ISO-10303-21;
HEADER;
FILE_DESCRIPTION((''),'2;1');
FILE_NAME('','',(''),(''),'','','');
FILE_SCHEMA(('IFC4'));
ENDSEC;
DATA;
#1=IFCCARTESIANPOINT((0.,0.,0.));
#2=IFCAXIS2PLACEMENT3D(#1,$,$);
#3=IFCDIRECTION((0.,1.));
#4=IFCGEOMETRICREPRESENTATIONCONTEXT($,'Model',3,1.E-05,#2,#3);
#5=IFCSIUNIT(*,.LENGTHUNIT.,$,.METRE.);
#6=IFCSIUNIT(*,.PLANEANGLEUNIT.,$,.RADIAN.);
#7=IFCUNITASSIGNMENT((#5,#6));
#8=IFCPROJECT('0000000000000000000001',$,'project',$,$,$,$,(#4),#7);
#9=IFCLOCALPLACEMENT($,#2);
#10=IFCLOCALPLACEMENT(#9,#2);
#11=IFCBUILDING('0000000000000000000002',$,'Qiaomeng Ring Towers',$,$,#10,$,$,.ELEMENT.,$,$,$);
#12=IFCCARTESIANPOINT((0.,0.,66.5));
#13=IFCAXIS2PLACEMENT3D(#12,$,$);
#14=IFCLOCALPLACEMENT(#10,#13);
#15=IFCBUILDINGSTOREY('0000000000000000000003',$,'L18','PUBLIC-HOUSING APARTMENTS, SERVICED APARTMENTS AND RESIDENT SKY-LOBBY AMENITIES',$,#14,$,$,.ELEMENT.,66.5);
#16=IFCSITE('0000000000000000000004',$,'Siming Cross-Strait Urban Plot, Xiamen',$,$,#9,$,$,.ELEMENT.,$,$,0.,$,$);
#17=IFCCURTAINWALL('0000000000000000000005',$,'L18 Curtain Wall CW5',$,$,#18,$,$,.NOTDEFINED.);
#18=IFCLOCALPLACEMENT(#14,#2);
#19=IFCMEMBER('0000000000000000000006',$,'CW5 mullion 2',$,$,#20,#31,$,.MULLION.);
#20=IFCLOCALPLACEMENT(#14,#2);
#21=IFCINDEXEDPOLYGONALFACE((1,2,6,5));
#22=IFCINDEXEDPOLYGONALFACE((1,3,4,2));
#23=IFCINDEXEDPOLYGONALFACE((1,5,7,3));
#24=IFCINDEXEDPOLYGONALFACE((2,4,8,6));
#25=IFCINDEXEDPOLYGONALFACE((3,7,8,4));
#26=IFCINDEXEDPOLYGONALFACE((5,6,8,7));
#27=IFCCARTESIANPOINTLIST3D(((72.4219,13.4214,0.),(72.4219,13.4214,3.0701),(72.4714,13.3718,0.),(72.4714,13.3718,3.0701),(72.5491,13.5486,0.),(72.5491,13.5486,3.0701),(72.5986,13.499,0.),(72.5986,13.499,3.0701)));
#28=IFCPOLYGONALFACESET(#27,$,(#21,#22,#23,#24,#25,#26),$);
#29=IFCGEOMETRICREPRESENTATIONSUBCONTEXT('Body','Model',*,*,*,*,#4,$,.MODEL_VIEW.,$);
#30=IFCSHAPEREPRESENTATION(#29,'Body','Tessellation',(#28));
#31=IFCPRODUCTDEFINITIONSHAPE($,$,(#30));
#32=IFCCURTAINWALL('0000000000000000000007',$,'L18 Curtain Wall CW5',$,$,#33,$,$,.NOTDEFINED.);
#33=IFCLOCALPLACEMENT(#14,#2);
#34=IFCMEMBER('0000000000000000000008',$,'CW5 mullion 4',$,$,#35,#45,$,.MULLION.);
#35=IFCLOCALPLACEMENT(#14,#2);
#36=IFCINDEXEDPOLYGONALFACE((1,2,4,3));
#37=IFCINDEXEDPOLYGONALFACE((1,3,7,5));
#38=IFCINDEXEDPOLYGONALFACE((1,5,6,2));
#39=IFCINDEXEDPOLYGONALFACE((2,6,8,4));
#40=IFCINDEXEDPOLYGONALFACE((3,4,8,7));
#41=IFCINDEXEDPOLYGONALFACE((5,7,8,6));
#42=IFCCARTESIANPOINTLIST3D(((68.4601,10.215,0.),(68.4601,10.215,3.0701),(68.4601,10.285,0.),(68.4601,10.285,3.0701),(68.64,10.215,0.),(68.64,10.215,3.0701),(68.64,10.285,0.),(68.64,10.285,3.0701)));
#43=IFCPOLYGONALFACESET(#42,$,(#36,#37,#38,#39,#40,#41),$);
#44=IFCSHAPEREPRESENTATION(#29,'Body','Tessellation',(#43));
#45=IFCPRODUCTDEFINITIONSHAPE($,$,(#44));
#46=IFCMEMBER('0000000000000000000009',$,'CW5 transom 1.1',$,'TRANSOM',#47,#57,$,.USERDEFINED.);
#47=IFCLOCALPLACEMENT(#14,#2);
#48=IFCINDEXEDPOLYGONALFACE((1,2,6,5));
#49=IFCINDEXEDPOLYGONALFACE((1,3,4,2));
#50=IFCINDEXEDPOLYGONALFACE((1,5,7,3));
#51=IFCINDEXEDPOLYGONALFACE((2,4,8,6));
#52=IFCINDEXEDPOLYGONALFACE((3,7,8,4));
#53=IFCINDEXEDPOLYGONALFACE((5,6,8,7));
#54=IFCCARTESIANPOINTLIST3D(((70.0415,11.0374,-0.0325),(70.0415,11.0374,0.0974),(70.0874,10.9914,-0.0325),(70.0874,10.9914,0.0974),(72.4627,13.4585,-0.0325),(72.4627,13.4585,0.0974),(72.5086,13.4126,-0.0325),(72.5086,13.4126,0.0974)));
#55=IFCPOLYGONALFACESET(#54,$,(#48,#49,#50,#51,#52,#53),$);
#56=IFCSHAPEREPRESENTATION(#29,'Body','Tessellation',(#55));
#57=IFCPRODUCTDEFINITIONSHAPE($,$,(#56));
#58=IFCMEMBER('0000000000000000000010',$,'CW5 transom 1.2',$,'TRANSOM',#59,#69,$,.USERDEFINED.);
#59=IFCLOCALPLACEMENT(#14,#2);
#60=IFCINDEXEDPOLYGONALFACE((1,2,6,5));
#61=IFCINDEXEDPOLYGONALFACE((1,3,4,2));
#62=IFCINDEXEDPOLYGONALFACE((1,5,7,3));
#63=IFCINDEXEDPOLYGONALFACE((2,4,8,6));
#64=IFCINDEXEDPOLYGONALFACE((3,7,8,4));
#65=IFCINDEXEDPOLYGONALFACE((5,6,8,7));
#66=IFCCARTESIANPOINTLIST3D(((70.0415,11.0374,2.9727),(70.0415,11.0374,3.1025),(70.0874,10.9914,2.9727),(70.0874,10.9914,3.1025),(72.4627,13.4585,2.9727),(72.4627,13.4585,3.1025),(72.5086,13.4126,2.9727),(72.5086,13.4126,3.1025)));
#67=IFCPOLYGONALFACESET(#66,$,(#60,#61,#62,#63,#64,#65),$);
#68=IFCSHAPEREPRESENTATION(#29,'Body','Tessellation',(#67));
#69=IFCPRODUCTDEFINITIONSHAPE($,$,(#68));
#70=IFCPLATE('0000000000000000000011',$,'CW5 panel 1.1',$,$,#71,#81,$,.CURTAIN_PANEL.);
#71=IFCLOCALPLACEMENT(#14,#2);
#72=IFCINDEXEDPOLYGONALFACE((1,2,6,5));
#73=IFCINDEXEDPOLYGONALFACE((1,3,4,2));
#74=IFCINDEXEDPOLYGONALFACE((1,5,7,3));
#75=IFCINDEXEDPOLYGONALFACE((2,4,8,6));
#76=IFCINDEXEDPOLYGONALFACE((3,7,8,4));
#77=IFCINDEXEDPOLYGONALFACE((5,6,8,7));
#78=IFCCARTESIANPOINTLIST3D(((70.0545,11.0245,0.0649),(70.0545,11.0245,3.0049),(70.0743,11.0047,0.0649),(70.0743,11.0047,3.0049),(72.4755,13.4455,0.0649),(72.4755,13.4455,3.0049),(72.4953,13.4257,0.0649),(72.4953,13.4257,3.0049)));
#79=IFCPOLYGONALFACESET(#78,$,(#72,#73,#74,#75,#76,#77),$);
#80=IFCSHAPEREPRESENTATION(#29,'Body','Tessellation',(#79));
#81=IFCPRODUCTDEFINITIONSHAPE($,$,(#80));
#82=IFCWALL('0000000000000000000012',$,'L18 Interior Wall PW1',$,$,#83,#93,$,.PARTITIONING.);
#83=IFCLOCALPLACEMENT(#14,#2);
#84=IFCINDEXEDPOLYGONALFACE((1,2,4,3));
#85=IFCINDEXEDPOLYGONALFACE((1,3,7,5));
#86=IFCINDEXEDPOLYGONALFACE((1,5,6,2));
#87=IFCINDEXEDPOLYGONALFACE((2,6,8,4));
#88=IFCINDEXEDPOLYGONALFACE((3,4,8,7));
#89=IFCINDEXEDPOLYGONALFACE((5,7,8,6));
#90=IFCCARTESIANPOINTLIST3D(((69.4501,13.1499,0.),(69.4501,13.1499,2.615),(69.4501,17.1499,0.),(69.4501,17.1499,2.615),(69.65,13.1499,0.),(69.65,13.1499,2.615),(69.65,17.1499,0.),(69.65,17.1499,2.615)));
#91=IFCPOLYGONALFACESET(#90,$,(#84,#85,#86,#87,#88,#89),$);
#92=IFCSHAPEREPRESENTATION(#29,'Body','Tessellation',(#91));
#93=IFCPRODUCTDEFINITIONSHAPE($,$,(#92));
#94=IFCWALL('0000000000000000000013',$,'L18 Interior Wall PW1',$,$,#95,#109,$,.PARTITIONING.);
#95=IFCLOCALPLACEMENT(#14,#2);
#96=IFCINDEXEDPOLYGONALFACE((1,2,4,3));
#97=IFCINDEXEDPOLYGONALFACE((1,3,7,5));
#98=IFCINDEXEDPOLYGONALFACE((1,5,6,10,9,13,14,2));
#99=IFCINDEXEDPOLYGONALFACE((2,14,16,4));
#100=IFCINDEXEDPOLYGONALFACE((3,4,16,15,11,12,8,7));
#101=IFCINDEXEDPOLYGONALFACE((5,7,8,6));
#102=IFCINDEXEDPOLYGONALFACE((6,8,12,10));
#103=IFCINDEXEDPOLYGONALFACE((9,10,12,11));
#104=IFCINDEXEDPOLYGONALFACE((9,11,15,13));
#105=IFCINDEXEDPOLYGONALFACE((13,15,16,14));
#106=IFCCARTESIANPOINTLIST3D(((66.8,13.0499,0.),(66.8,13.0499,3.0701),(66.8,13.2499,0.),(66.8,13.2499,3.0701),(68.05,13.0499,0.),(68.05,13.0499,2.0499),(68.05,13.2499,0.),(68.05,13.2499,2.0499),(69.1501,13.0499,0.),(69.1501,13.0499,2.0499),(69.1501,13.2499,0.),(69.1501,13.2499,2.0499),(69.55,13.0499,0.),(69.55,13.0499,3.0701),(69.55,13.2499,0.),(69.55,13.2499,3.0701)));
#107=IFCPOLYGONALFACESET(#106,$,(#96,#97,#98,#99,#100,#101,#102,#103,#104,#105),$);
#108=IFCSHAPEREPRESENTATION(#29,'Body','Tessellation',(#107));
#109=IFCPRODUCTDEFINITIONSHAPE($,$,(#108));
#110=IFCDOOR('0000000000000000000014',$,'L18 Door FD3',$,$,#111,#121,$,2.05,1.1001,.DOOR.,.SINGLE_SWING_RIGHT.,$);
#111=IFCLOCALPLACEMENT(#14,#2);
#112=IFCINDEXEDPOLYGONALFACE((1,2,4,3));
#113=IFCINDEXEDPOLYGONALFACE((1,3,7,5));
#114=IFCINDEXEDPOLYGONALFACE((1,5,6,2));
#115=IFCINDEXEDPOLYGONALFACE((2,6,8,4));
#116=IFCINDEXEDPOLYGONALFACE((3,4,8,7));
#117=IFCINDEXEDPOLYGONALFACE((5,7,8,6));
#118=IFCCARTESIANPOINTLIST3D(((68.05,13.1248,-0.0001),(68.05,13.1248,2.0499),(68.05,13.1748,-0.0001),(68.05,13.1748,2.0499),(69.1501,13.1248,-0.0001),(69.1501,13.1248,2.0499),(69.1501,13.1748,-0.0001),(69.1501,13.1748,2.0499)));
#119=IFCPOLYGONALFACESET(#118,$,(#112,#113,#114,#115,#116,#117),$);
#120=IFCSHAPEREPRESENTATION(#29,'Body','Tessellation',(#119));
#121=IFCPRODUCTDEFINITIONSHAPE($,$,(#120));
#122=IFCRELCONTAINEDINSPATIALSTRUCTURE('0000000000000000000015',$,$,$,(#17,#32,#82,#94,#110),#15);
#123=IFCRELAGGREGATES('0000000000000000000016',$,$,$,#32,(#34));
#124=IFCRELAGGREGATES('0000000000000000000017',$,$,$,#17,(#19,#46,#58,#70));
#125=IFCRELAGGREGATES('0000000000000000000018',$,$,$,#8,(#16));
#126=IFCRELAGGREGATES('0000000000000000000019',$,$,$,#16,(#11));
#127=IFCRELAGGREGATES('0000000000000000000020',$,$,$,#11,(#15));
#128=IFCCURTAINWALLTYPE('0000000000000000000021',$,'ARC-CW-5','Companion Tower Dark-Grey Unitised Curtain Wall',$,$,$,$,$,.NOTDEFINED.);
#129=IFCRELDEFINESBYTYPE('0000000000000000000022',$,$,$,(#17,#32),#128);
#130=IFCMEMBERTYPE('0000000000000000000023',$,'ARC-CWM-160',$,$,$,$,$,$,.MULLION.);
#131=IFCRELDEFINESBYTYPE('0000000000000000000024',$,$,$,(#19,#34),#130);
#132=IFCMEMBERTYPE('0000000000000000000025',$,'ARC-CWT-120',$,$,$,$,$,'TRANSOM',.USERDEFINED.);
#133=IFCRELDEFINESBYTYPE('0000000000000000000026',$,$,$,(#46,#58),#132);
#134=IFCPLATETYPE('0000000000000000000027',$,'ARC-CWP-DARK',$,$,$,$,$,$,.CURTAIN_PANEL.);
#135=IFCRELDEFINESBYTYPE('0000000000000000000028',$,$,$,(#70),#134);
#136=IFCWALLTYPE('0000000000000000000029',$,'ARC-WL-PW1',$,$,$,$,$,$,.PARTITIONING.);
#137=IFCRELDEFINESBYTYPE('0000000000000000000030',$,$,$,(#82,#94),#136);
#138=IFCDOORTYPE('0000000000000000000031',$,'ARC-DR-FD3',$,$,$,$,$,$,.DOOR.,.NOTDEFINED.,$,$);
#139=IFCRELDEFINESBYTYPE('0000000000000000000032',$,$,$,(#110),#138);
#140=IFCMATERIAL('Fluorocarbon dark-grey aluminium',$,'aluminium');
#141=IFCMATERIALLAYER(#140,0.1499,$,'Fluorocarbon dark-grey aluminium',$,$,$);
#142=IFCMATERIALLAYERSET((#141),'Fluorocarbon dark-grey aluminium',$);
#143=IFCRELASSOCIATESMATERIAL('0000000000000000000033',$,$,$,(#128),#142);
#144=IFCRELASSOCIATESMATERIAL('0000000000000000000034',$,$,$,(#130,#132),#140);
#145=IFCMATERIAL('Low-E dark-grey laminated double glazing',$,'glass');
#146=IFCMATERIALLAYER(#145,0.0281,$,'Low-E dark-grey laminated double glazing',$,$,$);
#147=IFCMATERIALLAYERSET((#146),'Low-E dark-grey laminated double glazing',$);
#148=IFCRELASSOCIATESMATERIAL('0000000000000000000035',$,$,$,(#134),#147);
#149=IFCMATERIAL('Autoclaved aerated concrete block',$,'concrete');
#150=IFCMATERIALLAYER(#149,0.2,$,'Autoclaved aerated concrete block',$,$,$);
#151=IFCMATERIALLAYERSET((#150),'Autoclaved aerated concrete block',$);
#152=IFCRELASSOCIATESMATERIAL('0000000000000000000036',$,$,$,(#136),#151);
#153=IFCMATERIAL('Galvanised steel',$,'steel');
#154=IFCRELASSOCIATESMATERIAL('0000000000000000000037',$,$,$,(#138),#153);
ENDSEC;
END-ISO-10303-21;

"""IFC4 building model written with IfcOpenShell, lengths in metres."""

from ifc_helpers import new_model, si_unit, direction, frame, frame_2d, origin, origin_2d, place, context, subcontext, project, spatial, rectangle, extrude, source, transform, mapped, material, layer, layer_set, material_profile, profile_set, type_object, element, fill, aggregate, save


model = new_model("IFC4")

# Units and contexts
model_context = context("Model", 3, precision=1e-05, world=origin(), true_north=direction((0.0, 1.0)))
body_context = subcontext(model_context, "Body", "Model", "MODEL_VIEW")
ifc_project = project(units=[si_unit("LENGTHUNIT", "METRE"), si_unit("PLANEANGLEUNIT", "RADIAN")], contexts=[model_context])

# Site, building, storey
site_placement = place(None, origin())
site = spatial("IfcSite", under=ifc_project, at=site_placement, Name="Siming Cross-Strait Urban Plot, Xiamen", CompositionType="ELEMENT", RefElevation=0.0)
building_placement = place(site_placement, origin())
building = spatial("IfcBuilding", under=site, at=building_placement, Name="Qiaomeng Ring Towers", CompositionType="ELEMENT")
storey_placement = place(building_placement, frame((0.0, 0.0, 66.5)))
storey = spatial("IfcBuildingStorey", under=building, at=storey_placement, Name="L18", Description="PUBLIC-HOUSING APARTMENTS, SERVICED APARTMENTS AND RESIDENT SKY-LOBBY AMENITIES", CompositionType="ELEMENT", Elevation=66.5)

# Curtain wall, member
ifc_material_1 = material(Name="Fluorocarbon dark-grey aluminium", Category="aluminium")
ifc_layer_1 = layer(ifc_material_1, 0.1499, Name="Fluorocarbon dark-grey aluminium")
ifc_layer_set_1 = layer_set([ifc_layer_1], Name="Fluorocarbon dark-grey aluminium")
curtain_wall_type = type_object("IfcCurtainWallType", Name="ARC-CW-5", Description="Companion Tower Dark-Grey Unitised Curtain Wall", PredefinedType="NOTDEFINED", material=ifc_layer_set_1)
curtain_wall_1_placement = place(storey_placement, origin())
curtain_wall_1 = element("IfcCurtainWall", 1, at=curtain_wall_1_placement, inside=storey, type_object=curtain_wall_type, Name="L18 Curtain Wall CW5", PredefinedType="NOTDEFINED")
ifc_material_profile_1 = material_profile(ifc_material_1, rectangle(XDim=0.0701, YDim=0.1799, at=origin_2d()), Name="ALU MULL 70x180")
ifc_profile_set_1 = profile_set([ifc_material_profile_1], Name="Fluorocarbon dark-grey aluminium")
member_type_1 = type_object("IfcMemberType", Name="ARC-CWM-160", PredefinedType="MULLION", material=ifc_profile_set_1)
shared_shape_1 = source(origin(), body_context, "Body", "SweptSolid", [
    extrude(rectangle(XDim=0.0701, YDim=0.1799, at=origin_2d()), origin(), (0.0, 0.0, 1.0), 3.0701),
])
member_1_placement = place(storey_placement, frame((72.5103, 13.4602, 0.0), z_axis=(0.0, 0.0, 1.0), x_axis=(-0.707107, 0.707107, 0.0)))
member_1 = element("IfcMember", 2, at=member_1_placement, type_object=member_type_1, Name="CW5 mullion 2", PredefinedType="MULLION", context=body_context, shape_type="MappedRepresentation", body=[
    mapped(shared_shape_1, transform((0.0, 0.0, 0.0), x_axis=(1.0, 0.0, 0.0), y_axis=(0.0, 1.0, 0.0), z_axis=(0.0, 0.0, 1.0), scale=1.0)),
])

# Curtain wall, member
curtain_wall_2_placement = place(storey_placement, origin())
curtain_wall_2 = element("IfcCurtainWall", 3, at=curtain_wall_2_placement, inside=storey, type_object=curtain_wall_type, Name="L18 Curtain Wall CW5", PredefinedType="NOTDEFINED")
member_2_placement = place(storey_placement, frame((68.55, 10.25, 0.0), z_axis=(0.0, 0.0, 1.0), x_axis=(0.0, 1.0, 0.0)))
member_2 = element("IfcMember", 4, at=member_2_placement, type_object=member_type_1, Name="CW5 mullion 4", PredefinedType="MULLION", context=body_context, shape_type="MappedRepresentation", body=[
    mapped(shared_shape_1, transform((0.0, 0.0, 0.0), x_axis=(1.0, 0.0, 0.0), y_axis=(0.0, 1.0, 0.0), z_axis=(0.0, 0.0, 1.0), scale=1.0)),
])
aggregate(curtain_wall_2, [member_2])

# Members
ifc_material_profile_2 = material_profile(ifc_material_1, rectangle(XDim=0.0649, YDim=0.1299, at=origin_2d()), Name="ALU TRAN 65x130")
ifc_profile_set_2 = profile_set([ifc_material_profile_2], Name="Fluorocarbon dark-grey aluminium")
member_type_2 = type_object("IfcMemberType", Name="ARC-CWT-120", ElementType="TRANSOM", PredefinedType="USERDEFINED", material=ifc_profile_set_2)
shared_shape_2 = source(origin(), body_context, "Body", "SweptSolid", [
    extrude(rectangle(XDim=0.0649, YDim=0.1299, at=origin_2d()), origin(), (0.0, 0.0, 1.0), 3.4241),
])
member_3_placement = place(storey_placement, frame((70.0645, 11.0144, 0.0325), z_axis=(0.707107, 0.707107, 0.0), x_axis=(-0.707107, 0.707107, 0.0)))
member_3 = element("IfcMember", 5, at=member_3_placement, type_object=member_type_2, Name="CW5 transom 1.1", ObjectType="TRANSOM", PredefinedType="USERDEFINED", context=body_context, shape_type="MappedRepresentation", body=[
    mapped(shared_shape_2, transform((0.0, 0.0, 0.0), x_axis=(1.0, 0.0, 0.0), y_axis=(0.0, 1.0, 0.0), z_axis=(0.0, 0.0, 1.0), scale=1.0)),
])
member_4_placement = place(storey_placement, frame((70.0645, 11.0144, 3.0376), z_axis=(0.707107, 0.707107, 0.0), x_axis=(-0.707107, 0.707107, 0.0)))
member_4 = element("IfcMember", 6, at=member_4_placement, type_object=member_type_2, Name="CW5 transom 1.2", ObjectType="TRANSOM", PredefinedType="USERDEFINED", context=body_context, shape_type="MappedRepresentation", body=[
    mapped(shared_shape_2, transform((0.0, 0.0, 0.0), x_axis=(1.0, 0.0, 0.0), y_axis=(0.0, 1.0, 0.0), z_axis=(0.0, 0.0, 1.0), scale=1.0)),
])

# Plate
ifc_material_2 = material(Name="Low-E dark-grey laminated double glazing", Category="glass")
ifc_layer_2 = layer(ifc_material_2, 0.0281, Name="Low-E dark-grey laminated double glazing")
ifc_layer_set_2 = layer_set([ifc_layer_2], Name="Low-E dark-grey laminated double glazing")
plate_type = type_object("IfcPlateType", Name="ARC-CWP-DARK", PredefinedType="CURTAIN_PANEL", material=ifc_layer_set_2)
shared_shape_3 = source(origin(), body_context, "Body", "SweptSolid", [
    extrude(rectangle(XDim=3.4238, YDim=0.0281, at=origin_2d()), origin(), (0.0, 0.0, 1.0), 2.9399),
])
plate_placement = place(storey_placement, frame((71.2749, 12.2251, 0.0649), z_axis=(0.0, 0.0, 1.0), x_axis=(0.707107, 0.707107, 0.0)))
plate = element("IfcPlate", 7, at=plate_placement, type_object=plate_type, Name="CW5 panel 1.1", PredefinedType="CURTAIN_PANEL", context=body_context, shape_type="MappedRepresentation", body=[
    mapped(shared_shape_3, transform((0.0, 0.0, 0.0), x_axis=(1.0, 0.0, 0.0), y_axis=(0.0, 1.0, 0.0), z_axis=(0.0, 0.0, 1.0), scale=1.0)),
])
aggregate(curtain_wall_1, [member_1, member_3, member_4, plate])

# Wall
ifc_material_3 = material(Name="Autoclaved aerated concrete block", Category="concrete")
ifc_layer_3 = layer(ifc_material_3, 0.2, Name="Autoclaved aerated concrete block")
ifc_layer_set_3 = layer_set([ifc_layer_3], Name="Autoclaved aerated concrete block")
wall_type = type_object("IfcWallType", Name="ARC-WL-PW1", PredefinedType="PARTITIONING", material=ifc_layer_set_3)
wall_1_placement = place(storey_placement, frame((69.55, 13.1499, 0.0), z_axis=(0.0, 0.0, 1.0), x_axis=(0.0, 1.0, 0.0)))
element("IfcWall", 8, at=wall_1_placement, inside=storey, type_object=wall_type, Name="L18 Interior Wall PW1", PredefinedType="PARTITIONING", context=body_context, shape_type="SweptSolid", body=[
    extrude(rectangle(XDim=4.0, YDim=0.2, at=frame_2d((2.0, 0.0))), origin(), (0.0, 0.0, 1.0), 2.615),
])

# Wall, opening, door
wall_2_placement = place(storey_placement, frame((66.8, 13.1499, 0.0), z_axis=(0.0, 0.0, 1.0), x_axis=(1.0, 0.0, 0.0)))
wall_2 = element("IfcWall", 9, at=wall_2_placement, inside=storey, type_object=wall_type, Name="L18 Interior Wall PW1", PredefinedType="PARTITIONING", context=body_context, shape_type="SweptSolid", body=[
    extrude(rectangle(XDim=2.75, YDim=0.2, at=frame_2d((1.375, 0.0))), origin(), (0.0, 0.0, 1.0), 3.0701),
])
opening_placement = place(wall_2_placement, frame((1.25, 0.0, 0.0)))
opening = element("IfcOpeningElement", 10, at=opening_placement, cuts=wall_2, PredefinedType="OPENING", context=body_context, shape_type="SweptSolid", body=[
    extrude(rectangle(XDim=1.1001, YDim=2.05, at=frame_2d((0.55, 1.0249))), frame((0.0, 0.1099, 0.0), z_axis=(0.0, -1.0, 0.0), x_axis=(1.0, 0.0, 0.0)), (0.0, 0.0, 1.0), 0.22),
])
ifc_material_4 = material(Name="Galvanised steel", Category="steel")
door_type = type_object("IfcDoorType", Name="ARC-DR-FD3", OperationType="NOTDEFINED", PredefinedType="DOOR", material=ifc_material_4)
shared_shape_4 = source(origin(), body_context, "Body", "SweptSolid", [
    extrude(rectangle(XDim=1.1001, YDim=2.05, at=frame_2d((0.55, 1.0249))), frame((0.0, 0.0249, 0.0), z_axis=(0.0, -1.0, 0.0), x_axis=(1.0, 0.0, 0.0)), (0.0, 0.0, 1.0), 0.05),
])
door_placement = place(opening_placement, origin())
door = element("IfcDoor", 11, at=door_placement, inside=storey, type_object=door_type, Name="L18 Door FD3", OperationType="SINGLE_SWING_RIGHT", OverallHeight=2.05, OverallWidth=1.1001, PredefinedType="DOOR", context=body_context, shape_type="MappedRepresentation", body=[
    mapped(shared_shape_4, transform((0.0, 0.0, 0.0), x_axis=(1.0, 0.0, 0.0), y_axis=(0.0, 1.0, 0.0), z_axis=(0.0, 0.0, 1.0), scale=1.0)),
])
fill(opening, door)

save(model, "model.ifc")
